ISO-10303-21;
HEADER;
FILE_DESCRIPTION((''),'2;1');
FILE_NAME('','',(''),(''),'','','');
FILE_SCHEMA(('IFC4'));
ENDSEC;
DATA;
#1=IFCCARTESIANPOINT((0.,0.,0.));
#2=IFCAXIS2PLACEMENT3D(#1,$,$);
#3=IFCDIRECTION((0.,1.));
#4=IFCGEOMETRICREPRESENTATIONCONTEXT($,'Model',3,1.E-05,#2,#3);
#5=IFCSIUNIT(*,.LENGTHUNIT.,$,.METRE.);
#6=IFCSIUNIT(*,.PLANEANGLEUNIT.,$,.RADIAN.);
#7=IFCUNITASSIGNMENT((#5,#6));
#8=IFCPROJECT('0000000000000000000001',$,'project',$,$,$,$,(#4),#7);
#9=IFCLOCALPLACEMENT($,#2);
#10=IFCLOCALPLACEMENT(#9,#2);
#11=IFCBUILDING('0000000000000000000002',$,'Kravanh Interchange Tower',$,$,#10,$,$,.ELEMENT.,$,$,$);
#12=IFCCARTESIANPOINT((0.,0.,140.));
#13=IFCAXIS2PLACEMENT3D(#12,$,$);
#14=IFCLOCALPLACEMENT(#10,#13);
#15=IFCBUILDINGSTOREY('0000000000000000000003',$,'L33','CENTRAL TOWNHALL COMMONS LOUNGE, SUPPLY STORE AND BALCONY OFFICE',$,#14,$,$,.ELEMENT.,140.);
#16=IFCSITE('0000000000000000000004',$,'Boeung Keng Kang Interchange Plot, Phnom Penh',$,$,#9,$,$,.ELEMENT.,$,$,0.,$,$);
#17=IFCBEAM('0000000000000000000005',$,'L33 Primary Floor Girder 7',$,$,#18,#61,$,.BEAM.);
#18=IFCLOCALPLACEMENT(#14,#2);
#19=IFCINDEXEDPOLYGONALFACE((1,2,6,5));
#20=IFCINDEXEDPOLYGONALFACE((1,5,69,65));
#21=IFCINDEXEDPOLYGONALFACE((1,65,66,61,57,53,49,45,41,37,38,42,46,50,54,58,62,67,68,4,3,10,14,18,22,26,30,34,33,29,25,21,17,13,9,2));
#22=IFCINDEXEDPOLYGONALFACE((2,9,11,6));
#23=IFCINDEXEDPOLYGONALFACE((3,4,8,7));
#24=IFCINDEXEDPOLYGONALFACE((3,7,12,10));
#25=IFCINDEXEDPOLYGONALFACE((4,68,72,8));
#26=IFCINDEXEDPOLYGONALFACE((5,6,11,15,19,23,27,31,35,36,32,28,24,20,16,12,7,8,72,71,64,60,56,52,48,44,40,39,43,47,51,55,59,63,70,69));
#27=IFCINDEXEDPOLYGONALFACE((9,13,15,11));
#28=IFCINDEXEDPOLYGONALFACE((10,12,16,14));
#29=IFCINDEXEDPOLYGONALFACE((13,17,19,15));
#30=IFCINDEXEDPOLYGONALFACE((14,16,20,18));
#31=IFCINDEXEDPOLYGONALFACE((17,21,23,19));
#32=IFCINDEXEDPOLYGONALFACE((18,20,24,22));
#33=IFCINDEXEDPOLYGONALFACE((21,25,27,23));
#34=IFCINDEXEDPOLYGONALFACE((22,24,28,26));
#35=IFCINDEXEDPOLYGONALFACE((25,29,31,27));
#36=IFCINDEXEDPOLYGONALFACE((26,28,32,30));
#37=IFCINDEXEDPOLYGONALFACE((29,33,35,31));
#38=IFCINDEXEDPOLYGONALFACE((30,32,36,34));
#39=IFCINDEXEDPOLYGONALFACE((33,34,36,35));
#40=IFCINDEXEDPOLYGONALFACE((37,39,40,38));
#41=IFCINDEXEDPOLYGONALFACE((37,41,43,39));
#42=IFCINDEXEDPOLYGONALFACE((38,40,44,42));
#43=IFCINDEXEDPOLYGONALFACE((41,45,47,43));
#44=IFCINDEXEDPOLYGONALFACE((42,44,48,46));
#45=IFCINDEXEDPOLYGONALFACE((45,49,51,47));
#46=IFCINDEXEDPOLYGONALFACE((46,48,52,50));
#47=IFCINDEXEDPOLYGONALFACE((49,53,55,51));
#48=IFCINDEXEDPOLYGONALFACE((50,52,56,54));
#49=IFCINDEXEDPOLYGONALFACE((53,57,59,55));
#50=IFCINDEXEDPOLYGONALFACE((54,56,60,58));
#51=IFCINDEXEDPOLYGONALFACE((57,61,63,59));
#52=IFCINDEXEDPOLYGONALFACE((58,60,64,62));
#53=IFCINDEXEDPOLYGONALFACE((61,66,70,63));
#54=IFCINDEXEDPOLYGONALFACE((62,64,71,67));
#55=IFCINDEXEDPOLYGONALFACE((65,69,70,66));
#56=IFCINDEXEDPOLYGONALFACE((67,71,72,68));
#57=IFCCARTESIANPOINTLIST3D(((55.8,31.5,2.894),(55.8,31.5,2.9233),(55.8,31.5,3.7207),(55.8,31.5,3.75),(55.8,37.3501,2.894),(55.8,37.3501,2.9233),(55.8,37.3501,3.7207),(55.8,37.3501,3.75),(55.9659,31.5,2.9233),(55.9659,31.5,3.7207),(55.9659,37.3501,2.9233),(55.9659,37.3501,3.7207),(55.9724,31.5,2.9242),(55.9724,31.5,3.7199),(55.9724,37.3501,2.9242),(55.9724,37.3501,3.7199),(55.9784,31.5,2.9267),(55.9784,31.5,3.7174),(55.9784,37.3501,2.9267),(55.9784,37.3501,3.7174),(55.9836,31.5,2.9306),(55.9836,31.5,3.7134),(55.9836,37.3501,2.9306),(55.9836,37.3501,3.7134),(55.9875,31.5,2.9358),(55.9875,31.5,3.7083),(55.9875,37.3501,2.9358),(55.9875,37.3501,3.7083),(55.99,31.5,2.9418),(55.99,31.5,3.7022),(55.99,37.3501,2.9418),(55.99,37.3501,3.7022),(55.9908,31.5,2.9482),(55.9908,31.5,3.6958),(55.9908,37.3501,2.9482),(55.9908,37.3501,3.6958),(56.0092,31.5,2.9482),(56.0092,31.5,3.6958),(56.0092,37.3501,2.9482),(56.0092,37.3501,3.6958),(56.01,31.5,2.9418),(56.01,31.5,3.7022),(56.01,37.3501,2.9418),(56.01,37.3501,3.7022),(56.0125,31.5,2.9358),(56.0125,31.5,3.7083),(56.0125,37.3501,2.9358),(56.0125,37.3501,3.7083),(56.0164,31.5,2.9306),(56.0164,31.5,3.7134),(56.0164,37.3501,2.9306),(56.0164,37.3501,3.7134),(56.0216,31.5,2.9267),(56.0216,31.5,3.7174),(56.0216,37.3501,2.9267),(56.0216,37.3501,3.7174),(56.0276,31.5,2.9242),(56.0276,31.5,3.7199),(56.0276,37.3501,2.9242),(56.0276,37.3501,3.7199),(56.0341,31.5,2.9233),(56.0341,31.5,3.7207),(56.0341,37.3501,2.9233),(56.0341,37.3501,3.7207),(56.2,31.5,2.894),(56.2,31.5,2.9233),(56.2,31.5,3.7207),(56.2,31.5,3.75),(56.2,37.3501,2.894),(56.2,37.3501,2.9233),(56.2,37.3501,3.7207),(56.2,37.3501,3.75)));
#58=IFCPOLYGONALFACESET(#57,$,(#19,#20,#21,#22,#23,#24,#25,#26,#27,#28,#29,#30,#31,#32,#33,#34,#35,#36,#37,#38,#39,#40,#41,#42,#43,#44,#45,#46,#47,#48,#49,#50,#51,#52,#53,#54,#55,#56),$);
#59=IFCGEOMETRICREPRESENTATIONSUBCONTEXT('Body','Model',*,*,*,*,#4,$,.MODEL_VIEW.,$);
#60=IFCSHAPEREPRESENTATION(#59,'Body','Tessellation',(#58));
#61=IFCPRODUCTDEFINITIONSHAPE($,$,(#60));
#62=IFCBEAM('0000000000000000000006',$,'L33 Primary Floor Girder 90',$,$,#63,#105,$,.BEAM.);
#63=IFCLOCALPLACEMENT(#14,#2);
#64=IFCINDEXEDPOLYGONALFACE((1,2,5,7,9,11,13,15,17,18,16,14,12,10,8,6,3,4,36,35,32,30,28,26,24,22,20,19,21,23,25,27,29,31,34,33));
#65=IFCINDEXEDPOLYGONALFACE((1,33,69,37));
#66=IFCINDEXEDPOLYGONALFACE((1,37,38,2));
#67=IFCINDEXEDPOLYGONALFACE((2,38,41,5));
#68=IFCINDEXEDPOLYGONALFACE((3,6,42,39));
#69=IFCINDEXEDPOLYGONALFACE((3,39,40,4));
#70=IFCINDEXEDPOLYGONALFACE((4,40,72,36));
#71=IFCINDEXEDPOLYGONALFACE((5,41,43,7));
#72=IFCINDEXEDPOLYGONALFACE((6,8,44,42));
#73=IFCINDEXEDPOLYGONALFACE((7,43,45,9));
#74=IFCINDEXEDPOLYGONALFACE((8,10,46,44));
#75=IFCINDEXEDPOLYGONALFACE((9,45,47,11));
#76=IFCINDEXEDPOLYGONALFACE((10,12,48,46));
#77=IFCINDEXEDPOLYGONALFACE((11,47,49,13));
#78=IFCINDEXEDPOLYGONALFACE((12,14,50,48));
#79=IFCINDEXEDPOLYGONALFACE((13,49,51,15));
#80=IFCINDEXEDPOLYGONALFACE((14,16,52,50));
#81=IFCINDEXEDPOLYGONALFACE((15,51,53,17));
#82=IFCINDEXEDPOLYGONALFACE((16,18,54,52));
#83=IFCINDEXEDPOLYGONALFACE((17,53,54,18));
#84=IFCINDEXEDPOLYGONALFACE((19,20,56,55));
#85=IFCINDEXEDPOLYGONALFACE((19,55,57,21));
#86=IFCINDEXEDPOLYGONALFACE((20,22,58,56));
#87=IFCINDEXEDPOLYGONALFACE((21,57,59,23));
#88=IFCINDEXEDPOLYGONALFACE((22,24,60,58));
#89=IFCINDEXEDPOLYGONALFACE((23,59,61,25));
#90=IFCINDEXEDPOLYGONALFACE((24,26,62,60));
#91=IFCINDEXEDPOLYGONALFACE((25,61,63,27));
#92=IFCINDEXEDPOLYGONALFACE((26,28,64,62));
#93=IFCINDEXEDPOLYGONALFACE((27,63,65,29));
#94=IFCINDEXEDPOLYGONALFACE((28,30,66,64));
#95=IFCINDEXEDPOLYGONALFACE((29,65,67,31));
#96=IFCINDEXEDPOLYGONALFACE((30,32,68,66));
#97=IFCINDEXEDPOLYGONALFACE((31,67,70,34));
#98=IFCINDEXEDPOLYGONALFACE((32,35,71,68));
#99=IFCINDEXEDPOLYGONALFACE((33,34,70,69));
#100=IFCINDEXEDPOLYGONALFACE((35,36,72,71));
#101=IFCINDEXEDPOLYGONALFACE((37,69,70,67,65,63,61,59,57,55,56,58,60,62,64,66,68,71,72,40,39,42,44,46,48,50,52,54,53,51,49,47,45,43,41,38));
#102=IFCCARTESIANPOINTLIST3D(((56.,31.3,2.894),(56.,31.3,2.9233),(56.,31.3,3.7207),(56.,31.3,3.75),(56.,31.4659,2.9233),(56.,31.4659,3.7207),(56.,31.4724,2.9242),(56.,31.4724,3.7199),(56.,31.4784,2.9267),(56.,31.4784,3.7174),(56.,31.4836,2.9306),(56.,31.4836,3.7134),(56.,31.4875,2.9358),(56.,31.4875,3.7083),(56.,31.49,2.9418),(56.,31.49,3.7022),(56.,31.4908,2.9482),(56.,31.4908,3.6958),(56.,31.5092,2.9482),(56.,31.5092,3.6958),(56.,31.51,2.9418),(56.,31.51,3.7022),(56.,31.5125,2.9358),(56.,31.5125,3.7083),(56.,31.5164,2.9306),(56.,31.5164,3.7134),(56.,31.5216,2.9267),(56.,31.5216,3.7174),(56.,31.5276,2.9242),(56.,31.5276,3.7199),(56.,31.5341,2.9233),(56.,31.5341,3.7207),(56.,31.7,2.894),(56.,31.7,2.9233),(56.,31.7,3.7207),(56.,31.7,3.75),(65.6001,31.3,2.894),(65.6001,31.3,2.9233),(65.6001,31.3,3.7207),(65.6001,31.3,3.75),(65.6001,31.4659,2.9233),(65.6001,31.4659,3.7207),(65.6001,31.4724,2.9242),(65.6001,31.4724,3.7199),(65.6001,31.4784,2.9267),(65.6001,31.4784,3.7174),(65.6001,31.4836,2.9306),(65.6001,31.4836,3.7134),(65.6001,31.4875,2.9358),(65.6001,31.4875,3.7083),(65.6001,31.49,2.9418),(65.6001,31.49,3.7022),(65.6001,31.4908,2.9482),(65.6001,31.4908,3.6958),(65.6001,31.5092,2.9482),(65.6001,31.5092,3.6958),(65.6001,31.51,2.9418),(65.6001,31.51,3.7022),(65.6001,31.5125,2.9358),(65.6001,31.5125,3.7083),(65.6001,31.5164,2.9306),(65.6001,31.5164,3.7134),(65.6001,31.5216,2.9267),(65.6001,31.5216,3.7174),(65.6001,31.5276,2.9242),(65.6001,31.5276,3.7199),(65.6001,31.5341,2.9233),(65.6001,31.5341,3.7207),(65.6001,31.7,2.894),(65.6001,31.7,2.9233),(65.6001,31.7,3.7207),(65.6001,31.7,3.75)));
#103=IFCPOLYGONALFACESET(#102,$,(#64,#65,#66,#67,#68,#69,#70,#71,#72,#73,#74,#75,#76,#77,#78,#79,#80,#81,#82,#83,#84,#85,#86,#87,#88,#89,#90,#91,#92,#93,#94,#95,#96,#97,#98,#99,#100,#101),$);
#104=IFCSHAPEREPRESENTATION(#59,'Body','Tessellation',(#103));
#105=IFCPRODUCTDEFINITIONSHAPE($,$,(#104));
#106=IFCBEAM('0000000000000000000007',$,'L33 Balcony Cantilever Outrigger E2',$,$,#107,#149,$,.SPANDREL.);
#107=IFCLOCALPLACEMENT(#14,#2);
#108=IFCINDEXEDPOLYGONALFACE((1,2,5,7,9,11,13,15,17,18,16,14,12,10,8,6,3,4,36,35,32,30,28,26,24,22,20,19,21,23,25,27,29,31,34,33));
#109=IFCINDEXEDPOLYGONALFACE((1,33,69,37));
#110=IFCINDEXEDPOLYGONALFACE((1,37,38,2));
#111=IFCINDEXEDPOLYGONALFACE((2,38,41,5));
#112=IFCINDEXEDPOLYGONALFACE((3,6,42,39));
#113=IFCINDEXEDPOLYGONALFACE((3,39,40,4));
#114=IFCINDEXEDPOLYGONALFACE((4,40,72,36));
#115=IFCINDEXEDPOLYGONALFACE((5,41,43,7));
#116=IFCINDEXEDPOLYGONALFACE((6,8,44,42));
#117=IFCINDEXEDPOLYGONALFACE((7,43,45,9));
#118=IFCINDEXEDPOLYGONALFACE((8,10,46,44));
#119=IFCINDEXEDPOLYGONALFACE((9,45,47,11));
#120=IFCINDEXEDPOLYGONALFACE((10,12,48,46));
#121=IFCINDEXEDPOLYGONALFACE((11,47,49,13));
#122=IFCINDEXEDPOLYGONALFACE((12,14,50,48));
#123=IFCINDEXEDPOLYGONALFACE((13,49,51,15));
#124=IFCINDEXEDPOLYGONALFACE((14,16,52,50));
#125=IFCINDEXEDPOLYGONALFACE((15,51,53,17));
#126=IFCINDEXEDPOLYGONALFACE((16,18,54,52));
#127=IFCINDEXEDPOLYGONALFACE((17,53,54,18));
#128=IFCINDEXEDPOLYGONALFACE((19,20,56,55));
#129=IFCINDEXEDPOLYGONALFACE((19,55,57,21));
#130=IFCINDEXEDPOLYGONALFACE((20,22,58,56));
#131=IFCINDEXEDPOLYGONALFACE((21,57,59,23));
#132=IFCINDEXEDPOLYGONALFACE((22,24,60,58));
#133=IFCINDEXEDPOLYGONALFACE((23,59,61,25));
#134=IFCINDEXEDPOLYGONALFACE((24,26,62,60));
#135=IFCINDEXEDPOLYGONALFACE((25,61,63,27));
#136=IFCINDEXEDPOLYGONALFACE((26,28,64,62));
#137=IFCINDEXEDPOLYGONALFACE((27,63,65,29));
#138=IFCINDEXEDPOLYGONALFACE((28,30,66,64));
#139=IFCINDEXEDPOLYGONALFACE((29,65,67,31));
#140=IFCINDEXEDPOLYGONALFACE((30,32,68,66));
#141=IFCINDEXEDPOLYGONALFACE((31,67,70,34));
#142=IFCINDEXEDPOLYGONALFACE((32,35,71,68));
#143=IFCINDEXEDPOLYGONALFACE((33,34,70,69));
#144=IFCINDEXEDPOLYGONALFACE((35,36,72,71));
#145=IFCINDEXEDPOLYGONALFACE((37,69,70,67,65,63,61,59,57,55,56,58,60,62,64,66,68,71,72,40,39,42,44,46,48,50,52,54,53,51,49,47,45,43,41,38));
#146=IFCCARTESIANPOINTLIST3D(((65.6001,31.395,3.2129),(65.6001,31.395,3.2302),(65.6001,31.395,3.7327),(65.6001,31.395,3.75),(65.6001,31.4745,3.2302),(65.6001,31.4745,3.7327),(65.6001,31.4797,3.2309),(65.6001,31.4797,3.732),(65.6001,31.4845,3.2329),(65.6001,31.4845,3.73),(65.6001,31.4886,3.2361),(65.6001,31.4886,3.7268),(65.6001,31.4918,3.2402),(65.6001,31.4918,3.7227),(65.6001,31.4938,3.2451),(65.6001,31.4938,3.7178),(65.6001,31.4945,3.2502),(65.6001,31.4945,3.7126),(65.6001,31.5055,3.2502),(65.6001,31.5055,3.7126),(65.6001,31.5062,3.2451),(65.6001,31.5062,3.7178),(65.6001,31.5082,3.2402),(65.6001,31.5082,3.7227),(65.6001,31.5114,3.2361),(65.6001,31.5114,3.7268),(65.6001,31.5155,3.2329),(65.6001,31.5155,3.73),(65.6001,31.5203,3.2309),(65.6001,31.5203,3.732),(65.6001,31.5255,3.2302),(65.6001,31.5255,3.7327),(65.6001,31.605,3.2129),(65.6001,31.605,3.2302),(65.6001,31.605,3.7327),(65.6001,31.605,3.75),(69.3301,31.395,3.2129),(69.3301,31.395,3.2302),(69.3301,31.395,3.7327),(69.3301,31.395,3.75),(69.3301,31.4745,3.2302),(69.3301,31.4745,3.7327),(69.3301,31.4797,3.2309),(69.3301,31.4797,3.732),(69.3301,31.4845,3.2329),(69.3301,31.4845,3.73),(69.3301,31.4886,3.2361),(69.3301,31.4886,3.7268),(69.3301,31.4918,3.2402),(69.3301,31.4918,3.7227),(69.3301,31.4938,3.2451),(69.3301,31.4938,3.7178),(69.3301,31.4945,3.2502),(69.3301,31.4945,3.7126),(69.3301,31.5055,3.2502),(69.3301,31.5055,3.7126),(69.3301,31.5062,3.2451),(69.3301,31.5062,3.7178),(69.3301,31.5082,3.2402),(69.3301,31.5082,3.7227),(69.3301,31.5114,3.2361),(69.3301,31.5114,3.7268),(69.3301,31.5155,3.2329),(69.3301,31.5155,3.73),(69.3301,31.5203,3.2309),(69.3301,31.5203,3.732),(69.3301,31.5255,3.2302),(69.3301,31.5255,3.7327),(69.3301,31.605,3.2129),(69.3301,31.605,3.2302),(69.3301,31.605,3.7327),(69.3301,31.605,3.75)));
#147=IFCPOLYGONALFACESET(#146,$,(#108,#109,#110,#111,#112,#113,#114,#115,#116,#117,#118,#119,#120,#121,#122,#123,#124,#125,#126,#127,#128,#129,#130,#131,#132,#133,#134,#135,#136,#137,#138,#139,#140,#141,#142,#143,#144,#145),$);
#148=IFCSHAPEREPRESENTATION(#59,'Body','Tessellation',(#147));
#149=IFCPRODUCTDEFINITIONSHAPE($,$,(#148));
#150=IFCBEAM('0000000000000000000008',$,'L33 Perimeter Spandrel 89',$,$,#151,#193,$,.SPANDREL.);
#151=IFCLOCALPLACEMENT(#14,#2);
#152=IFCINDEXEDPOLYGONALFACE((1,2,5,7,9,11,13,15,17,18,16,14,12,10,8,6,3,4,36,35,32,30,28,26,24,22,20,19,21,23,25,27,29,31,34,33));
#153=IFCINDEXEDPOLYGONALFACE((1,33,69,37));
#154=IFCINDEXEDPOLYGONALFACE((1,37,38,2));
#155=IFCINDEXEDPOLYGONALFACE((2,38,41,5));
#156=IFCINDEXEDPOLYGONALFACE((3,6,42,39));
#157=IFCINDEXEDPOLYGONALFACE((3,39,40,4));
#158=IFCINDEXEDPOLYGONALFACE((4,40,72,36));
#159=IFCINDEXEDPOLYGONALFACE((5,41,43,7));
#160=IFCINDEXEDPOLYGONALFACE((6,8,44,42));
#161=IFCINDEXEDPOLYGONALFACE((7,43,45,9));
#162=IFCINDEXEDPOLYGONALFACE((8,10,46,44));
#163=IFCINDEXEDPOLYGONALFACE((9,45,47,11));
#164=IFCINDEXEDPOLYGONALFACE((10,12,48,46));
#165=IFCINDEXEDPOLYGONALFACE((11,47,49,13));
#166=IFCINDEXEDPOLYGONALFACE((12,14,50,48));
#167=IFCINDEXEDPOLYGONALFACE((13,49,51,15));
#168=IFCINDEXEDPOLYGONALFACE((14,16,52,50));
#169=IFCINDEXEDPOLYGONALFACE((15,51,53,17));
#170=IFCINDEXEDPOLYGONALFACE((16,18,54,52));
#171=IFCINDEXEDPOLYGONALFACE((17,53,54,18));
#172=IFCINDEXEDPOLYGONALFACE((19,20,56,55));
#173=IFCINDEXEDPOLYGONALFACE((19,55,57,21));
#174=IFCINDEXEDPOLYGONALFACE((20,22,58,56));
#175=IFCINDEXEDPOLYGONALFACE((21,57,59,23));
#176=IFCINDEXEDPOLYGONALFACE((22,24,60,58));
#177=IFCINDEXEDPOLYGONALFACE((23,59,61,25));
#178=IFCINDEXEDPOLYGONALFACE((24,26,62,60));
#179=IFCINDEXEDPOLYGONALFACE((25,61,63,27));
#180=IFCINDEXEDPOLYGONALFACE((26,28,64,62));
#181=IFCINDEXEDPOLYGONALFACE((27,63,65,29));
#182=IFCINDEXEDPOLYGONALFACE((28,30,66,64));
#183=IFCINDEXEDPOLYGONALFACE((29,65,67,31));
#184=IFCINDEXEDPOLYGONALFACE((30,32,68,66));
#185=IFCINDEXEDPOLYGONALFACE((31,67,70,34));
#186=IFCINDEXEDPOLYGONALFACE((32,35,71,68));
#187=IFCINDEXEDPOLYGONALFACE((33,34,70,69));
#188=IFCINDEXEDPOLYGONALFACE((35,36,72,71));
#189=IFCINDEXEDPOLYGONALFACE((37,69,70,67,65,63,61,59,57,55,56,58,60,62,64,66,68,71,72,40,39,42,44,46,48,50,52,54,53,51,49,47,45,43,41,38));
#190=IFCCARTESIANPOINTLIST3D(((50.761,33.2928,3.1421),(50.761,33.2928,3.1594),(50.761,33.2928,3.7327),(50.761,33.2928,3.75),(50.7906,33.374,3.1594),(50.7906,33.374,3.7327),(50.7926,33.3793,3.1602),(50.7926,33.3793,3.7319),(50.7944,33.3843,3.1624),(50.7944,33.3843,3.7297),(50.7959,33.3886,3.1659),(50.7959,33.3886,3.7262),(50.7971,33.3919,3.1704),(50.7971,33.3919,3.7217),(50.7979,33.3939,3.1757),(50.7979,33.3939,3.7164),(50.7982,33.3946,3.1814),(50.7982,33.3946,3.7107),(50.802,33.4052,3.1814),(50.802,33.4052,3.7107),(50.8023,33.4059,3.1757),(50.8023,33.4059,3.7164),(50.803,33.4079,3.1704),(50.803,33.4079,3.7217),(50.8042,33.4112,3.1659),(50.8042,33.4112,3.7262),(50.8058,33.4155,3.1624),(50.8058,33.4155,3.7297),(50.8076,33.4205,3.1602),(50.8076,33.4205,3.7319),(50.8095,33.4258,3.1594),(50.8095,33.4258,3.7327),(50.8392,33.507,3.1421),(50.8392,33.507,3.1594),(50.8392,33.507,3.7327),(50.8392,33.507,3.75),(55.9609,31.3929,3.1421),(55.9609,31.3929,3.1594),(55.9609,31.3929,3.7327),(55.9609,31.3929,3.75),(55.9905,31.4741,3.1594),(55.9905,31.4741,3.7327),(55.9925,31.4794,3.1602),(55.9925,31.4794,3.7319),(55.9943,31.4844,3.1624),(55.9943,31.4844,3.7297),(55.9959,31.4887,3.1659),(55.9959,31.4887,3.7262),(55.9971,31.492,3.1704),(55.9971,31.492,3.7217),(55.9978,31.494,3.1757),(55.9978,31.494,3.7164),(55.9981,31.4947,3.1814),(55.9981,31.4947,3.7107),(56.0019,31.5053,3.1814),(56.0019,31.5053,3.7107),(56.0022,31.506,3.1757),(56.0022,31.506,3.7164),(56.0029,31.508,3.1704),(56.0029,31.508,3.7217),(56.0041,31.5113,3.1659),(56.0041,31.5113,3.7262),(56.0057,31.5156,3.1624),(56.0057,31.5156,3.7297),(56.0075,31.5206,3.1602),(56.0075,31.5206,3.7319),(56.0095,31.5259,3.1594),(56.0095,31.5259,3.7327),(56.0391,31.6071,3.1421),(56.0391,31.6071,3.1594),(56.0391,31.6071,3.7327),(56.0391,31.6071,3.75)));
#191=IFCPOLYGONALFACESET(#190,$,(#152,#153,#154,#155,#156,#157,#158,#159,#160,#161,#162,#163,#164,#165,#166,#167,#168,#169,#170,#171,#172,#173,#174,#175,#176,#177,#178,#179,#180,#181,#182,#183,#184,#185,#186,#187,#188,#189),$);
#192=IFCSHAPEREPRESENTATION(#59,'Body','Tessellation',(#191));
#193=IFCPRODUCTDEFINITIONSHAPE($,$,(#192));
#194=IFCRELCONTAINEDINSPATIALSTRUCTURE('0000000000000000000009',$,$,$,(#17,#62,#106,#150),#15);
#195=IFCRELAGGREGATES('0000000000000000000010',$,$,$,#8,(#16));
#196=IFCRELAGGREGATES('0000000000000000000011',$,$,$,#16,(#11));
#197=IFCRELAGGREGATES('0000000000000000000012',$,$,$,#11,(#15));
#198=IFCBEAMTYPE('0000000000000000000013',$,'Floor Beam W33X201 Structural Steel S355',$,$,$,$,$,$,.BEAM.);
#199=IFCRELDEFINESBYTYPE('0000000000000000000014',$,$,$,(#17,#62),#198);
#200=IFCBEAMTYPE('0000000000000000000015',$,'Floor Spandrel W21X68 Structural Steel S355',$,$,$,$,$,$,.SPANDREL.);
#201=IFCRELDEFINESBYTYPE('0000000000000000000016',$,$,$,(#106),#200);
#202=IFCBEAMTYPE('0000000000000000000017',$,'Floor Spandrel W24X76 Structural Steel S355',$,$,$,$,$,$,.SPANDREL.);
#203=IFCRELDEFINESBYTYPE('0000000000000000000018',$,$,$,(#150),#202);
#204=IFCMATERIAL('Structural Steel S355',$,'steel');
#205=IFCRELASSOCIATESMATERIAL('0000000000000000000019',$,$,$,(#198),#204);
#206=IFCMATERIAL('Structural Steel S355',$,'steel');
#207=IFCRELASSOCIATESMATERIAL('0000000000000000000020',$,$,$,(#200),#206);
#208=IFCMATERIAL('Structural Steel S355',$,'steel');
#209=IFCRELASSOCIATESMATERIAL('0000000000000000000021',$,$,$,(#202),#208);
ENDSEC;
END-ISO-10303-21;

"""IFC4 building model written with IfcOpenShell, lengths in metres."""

from ifc_helpers import new_model, si_unit, direction, frame, origin, origin_2d, place, context, subcontext, project, spatial, i_section, extrude, material, material_profile, profile_set, type_object, element, save


model = new_model("IFC4")

# Units and contexts
model_context = context("Model", 3, precision=1e-05, world=origin(), true_north=direction((0.0, 1.0)))
body_context = subcontext(model_context, "Body", "Model", "MODEL_VIEW")
ifc_project = project(units=[si_unit("LENGTHUNIT", "METRE"), si_unit("PLANEANGLEUNIT", "RADIAN")], contexts=[model_context])

# Site, building, storey
site_placement = place(None, origin())
site = spatial("IfcSite", under=ifc_project, at=site_placement, Name="Boeung Keng Kang Interchange Plot, Phnom Penh", CompositionType="ELEMENT", RefElevation=0.0)
building_placement = place(site_placement, origin())
building = spatial("IfcBuilding", under=site, at=building_placement, Name="Kravanh Interchange Tower", CompositionType="ELEMENT")
storey_placement = place(building_placement, frame((0.0, 0.0, 140.0)))
storey = spatial("IfcBuildingStorey", under=building, at=storey_placement, Name="L33", Description="CENTRAL TOWNHALL COMMONS LOUNGE, SUPPLY STORE AND BALCONY OFFICE", CompositionType="ELEMENT", Elevation=140.0)

# Beams
ifc_material_1 = material(Name="Structural Steel S355", Category="steel")
ifc_material_profile_1 = material_profile(ifc_material_1, i_section(OverallWidth=0.3999, OverallDepth=0.856, WebThickness=0.0183, FlangeThickness=0.0293, FilletRadius=0.0249, at=origin_2d()), Name="W33X201")
ifc_profile_set_1 = profile_set([ifc_material_profile_1], Name="Structural Steel S355")
beam_type_1 = type_object("IfcBeamType", Name="Floor Beam W33X201 Structural Steel S355", PredefinedType="BEAM", material=ifc_profile_set_1)
beam_1_placement = place(storey_placement, frame((56.0, 37.3501, 3.322), z_axis=(0.0, -1.0, 0.0), x_axis=(1.0, 0.0, 0.0)))
element("IfcBeam", 1, at=beam_1_placement, inside=storey, type_object=beam_type_1, Name="L33 Primary Floor Girder 7", PredefinedType="BEAM", context=body_context, shape_type="SweptSolid", body=[
    extrude(i_section(OverallWidth=0.3999, OverallDepth=0.856, WebThickness=0.0183, FlangeThickness=0.0293, FilletRadius=0.0249, at=origin_2d()), origin(), (0.0, 0.0, 1.0), 5.8501),
])
beam_2_placement = place(storey_placement, frame((56.0, 31.5, 3.322), z_axis=(1.0, 0.0, 0.0), x_axis=(0.0, 1.0, 0.0)))
element("IfcBeam", 2, at=beam_2_placement, inside=storey, type_object=beam_type_1, Name="L33 Primary Floor Girder 90", PredefinedType="BEAM", context=body_context, shape_type="SweptSolid", body=[
    extrude(i_section(OverallWidth=0.3999, OverallDepth=0.856, WebThickness=0.0183, FlangeThickness=0.0293, FilletRadius=0.0249, at=origin_2d()), origin(), (0.0, 0.0, 1.0), 9.6001),
])
ifc_material_2 = material(Name="Structural Steel S355", Category="steel")
ifc_material_profile_2 = material_profile(ifc_material_2, i_section(OverallWidth=0.21, OverallDepth=0.5371, WebThickness=0.011, FlangeThickness=0.0173, FilletRadius=0.02, at=origin_2d()), Name="W21X68")
ifc_profile_set_2 = profile_set([ifc_material_profile_2], Name="Structural Steel S355")
beam_type_2 = type_object("IfcBeamType", Name="Floor Spandrel W21X68 Structural Steel S355", PredefinedType="SPANDREL", material=ifc_profile_set_2)
beam_3_placement = place(storey_placement, frame((65.6001, 31.5, 3.4814), z_axis=(1.0, 0.0, 0.0), x_axis=(0.0, 1.0, 0.0)))
element("IfcBeam", 3, at=beam_3_placement, inside=storey, type_object=beam_type_2, Name="L33 Balcony Cantilever Outrigger E2", PredefinedType="SPANDREL", context=body_context, shape_type="SweptSolid", body=[
    extrude(i_section(OverallWidth=0.21, OverallDepth=0.5371, WebThickness=0.011, FlangeThickness=0.0173, FilletRadius=0.02, at=origin_2d()), origin(), (0.0, 0.0, 1.0), 3.73),
])
ifc_material_3 = material(Name="Structural Steel S355", Category="steel")
ifc_material_profile_3 = material_profile(ifc_material_3, i_section(OverallWidth=0.228, OverallDepth=0.6079, WebThickness=0.0112, FlangeThickness=0.0173, FilletRadius=0.022, at=origin_2d()), Name="W24X76")
ifc_profile_set_3 = profile_set([ifc_material_profile_3], Name="Structural Steel S355")
beam_type_3 = type_object("IfcBeamType", Name="Floor Spandrel W24X76 Structural Steel S355", PredefinedType="SPANDREL", material=ifc_profile_set_3)
beam_4_placement = place(storey_placement, frame((56.0, 31.5, 3.446), z_axis=(-0.93927, 0.34318, 0.0), x_axis=(-0.34318, -0.93927, 0.0)))
element("IfcBeam", 4, at=beam_4_placement, inside=storey, type_object=beam_type_3, Name="L33 Perimeter Spandrel 89", PredefinedType="SPANDREL", context=body_context, shape_type="SweptSolid", body=[
    extrude(i_section(OverallWidth=0.228, OverallDepth=0.6079, WebThickness=0.0112, FlangeThickness=0.0173, FilletRadius=0.022, at=origin_2d()), origin(), (0.0, 0.0, 1.0), 5.5361),
])

save(model, "model.ifc")
